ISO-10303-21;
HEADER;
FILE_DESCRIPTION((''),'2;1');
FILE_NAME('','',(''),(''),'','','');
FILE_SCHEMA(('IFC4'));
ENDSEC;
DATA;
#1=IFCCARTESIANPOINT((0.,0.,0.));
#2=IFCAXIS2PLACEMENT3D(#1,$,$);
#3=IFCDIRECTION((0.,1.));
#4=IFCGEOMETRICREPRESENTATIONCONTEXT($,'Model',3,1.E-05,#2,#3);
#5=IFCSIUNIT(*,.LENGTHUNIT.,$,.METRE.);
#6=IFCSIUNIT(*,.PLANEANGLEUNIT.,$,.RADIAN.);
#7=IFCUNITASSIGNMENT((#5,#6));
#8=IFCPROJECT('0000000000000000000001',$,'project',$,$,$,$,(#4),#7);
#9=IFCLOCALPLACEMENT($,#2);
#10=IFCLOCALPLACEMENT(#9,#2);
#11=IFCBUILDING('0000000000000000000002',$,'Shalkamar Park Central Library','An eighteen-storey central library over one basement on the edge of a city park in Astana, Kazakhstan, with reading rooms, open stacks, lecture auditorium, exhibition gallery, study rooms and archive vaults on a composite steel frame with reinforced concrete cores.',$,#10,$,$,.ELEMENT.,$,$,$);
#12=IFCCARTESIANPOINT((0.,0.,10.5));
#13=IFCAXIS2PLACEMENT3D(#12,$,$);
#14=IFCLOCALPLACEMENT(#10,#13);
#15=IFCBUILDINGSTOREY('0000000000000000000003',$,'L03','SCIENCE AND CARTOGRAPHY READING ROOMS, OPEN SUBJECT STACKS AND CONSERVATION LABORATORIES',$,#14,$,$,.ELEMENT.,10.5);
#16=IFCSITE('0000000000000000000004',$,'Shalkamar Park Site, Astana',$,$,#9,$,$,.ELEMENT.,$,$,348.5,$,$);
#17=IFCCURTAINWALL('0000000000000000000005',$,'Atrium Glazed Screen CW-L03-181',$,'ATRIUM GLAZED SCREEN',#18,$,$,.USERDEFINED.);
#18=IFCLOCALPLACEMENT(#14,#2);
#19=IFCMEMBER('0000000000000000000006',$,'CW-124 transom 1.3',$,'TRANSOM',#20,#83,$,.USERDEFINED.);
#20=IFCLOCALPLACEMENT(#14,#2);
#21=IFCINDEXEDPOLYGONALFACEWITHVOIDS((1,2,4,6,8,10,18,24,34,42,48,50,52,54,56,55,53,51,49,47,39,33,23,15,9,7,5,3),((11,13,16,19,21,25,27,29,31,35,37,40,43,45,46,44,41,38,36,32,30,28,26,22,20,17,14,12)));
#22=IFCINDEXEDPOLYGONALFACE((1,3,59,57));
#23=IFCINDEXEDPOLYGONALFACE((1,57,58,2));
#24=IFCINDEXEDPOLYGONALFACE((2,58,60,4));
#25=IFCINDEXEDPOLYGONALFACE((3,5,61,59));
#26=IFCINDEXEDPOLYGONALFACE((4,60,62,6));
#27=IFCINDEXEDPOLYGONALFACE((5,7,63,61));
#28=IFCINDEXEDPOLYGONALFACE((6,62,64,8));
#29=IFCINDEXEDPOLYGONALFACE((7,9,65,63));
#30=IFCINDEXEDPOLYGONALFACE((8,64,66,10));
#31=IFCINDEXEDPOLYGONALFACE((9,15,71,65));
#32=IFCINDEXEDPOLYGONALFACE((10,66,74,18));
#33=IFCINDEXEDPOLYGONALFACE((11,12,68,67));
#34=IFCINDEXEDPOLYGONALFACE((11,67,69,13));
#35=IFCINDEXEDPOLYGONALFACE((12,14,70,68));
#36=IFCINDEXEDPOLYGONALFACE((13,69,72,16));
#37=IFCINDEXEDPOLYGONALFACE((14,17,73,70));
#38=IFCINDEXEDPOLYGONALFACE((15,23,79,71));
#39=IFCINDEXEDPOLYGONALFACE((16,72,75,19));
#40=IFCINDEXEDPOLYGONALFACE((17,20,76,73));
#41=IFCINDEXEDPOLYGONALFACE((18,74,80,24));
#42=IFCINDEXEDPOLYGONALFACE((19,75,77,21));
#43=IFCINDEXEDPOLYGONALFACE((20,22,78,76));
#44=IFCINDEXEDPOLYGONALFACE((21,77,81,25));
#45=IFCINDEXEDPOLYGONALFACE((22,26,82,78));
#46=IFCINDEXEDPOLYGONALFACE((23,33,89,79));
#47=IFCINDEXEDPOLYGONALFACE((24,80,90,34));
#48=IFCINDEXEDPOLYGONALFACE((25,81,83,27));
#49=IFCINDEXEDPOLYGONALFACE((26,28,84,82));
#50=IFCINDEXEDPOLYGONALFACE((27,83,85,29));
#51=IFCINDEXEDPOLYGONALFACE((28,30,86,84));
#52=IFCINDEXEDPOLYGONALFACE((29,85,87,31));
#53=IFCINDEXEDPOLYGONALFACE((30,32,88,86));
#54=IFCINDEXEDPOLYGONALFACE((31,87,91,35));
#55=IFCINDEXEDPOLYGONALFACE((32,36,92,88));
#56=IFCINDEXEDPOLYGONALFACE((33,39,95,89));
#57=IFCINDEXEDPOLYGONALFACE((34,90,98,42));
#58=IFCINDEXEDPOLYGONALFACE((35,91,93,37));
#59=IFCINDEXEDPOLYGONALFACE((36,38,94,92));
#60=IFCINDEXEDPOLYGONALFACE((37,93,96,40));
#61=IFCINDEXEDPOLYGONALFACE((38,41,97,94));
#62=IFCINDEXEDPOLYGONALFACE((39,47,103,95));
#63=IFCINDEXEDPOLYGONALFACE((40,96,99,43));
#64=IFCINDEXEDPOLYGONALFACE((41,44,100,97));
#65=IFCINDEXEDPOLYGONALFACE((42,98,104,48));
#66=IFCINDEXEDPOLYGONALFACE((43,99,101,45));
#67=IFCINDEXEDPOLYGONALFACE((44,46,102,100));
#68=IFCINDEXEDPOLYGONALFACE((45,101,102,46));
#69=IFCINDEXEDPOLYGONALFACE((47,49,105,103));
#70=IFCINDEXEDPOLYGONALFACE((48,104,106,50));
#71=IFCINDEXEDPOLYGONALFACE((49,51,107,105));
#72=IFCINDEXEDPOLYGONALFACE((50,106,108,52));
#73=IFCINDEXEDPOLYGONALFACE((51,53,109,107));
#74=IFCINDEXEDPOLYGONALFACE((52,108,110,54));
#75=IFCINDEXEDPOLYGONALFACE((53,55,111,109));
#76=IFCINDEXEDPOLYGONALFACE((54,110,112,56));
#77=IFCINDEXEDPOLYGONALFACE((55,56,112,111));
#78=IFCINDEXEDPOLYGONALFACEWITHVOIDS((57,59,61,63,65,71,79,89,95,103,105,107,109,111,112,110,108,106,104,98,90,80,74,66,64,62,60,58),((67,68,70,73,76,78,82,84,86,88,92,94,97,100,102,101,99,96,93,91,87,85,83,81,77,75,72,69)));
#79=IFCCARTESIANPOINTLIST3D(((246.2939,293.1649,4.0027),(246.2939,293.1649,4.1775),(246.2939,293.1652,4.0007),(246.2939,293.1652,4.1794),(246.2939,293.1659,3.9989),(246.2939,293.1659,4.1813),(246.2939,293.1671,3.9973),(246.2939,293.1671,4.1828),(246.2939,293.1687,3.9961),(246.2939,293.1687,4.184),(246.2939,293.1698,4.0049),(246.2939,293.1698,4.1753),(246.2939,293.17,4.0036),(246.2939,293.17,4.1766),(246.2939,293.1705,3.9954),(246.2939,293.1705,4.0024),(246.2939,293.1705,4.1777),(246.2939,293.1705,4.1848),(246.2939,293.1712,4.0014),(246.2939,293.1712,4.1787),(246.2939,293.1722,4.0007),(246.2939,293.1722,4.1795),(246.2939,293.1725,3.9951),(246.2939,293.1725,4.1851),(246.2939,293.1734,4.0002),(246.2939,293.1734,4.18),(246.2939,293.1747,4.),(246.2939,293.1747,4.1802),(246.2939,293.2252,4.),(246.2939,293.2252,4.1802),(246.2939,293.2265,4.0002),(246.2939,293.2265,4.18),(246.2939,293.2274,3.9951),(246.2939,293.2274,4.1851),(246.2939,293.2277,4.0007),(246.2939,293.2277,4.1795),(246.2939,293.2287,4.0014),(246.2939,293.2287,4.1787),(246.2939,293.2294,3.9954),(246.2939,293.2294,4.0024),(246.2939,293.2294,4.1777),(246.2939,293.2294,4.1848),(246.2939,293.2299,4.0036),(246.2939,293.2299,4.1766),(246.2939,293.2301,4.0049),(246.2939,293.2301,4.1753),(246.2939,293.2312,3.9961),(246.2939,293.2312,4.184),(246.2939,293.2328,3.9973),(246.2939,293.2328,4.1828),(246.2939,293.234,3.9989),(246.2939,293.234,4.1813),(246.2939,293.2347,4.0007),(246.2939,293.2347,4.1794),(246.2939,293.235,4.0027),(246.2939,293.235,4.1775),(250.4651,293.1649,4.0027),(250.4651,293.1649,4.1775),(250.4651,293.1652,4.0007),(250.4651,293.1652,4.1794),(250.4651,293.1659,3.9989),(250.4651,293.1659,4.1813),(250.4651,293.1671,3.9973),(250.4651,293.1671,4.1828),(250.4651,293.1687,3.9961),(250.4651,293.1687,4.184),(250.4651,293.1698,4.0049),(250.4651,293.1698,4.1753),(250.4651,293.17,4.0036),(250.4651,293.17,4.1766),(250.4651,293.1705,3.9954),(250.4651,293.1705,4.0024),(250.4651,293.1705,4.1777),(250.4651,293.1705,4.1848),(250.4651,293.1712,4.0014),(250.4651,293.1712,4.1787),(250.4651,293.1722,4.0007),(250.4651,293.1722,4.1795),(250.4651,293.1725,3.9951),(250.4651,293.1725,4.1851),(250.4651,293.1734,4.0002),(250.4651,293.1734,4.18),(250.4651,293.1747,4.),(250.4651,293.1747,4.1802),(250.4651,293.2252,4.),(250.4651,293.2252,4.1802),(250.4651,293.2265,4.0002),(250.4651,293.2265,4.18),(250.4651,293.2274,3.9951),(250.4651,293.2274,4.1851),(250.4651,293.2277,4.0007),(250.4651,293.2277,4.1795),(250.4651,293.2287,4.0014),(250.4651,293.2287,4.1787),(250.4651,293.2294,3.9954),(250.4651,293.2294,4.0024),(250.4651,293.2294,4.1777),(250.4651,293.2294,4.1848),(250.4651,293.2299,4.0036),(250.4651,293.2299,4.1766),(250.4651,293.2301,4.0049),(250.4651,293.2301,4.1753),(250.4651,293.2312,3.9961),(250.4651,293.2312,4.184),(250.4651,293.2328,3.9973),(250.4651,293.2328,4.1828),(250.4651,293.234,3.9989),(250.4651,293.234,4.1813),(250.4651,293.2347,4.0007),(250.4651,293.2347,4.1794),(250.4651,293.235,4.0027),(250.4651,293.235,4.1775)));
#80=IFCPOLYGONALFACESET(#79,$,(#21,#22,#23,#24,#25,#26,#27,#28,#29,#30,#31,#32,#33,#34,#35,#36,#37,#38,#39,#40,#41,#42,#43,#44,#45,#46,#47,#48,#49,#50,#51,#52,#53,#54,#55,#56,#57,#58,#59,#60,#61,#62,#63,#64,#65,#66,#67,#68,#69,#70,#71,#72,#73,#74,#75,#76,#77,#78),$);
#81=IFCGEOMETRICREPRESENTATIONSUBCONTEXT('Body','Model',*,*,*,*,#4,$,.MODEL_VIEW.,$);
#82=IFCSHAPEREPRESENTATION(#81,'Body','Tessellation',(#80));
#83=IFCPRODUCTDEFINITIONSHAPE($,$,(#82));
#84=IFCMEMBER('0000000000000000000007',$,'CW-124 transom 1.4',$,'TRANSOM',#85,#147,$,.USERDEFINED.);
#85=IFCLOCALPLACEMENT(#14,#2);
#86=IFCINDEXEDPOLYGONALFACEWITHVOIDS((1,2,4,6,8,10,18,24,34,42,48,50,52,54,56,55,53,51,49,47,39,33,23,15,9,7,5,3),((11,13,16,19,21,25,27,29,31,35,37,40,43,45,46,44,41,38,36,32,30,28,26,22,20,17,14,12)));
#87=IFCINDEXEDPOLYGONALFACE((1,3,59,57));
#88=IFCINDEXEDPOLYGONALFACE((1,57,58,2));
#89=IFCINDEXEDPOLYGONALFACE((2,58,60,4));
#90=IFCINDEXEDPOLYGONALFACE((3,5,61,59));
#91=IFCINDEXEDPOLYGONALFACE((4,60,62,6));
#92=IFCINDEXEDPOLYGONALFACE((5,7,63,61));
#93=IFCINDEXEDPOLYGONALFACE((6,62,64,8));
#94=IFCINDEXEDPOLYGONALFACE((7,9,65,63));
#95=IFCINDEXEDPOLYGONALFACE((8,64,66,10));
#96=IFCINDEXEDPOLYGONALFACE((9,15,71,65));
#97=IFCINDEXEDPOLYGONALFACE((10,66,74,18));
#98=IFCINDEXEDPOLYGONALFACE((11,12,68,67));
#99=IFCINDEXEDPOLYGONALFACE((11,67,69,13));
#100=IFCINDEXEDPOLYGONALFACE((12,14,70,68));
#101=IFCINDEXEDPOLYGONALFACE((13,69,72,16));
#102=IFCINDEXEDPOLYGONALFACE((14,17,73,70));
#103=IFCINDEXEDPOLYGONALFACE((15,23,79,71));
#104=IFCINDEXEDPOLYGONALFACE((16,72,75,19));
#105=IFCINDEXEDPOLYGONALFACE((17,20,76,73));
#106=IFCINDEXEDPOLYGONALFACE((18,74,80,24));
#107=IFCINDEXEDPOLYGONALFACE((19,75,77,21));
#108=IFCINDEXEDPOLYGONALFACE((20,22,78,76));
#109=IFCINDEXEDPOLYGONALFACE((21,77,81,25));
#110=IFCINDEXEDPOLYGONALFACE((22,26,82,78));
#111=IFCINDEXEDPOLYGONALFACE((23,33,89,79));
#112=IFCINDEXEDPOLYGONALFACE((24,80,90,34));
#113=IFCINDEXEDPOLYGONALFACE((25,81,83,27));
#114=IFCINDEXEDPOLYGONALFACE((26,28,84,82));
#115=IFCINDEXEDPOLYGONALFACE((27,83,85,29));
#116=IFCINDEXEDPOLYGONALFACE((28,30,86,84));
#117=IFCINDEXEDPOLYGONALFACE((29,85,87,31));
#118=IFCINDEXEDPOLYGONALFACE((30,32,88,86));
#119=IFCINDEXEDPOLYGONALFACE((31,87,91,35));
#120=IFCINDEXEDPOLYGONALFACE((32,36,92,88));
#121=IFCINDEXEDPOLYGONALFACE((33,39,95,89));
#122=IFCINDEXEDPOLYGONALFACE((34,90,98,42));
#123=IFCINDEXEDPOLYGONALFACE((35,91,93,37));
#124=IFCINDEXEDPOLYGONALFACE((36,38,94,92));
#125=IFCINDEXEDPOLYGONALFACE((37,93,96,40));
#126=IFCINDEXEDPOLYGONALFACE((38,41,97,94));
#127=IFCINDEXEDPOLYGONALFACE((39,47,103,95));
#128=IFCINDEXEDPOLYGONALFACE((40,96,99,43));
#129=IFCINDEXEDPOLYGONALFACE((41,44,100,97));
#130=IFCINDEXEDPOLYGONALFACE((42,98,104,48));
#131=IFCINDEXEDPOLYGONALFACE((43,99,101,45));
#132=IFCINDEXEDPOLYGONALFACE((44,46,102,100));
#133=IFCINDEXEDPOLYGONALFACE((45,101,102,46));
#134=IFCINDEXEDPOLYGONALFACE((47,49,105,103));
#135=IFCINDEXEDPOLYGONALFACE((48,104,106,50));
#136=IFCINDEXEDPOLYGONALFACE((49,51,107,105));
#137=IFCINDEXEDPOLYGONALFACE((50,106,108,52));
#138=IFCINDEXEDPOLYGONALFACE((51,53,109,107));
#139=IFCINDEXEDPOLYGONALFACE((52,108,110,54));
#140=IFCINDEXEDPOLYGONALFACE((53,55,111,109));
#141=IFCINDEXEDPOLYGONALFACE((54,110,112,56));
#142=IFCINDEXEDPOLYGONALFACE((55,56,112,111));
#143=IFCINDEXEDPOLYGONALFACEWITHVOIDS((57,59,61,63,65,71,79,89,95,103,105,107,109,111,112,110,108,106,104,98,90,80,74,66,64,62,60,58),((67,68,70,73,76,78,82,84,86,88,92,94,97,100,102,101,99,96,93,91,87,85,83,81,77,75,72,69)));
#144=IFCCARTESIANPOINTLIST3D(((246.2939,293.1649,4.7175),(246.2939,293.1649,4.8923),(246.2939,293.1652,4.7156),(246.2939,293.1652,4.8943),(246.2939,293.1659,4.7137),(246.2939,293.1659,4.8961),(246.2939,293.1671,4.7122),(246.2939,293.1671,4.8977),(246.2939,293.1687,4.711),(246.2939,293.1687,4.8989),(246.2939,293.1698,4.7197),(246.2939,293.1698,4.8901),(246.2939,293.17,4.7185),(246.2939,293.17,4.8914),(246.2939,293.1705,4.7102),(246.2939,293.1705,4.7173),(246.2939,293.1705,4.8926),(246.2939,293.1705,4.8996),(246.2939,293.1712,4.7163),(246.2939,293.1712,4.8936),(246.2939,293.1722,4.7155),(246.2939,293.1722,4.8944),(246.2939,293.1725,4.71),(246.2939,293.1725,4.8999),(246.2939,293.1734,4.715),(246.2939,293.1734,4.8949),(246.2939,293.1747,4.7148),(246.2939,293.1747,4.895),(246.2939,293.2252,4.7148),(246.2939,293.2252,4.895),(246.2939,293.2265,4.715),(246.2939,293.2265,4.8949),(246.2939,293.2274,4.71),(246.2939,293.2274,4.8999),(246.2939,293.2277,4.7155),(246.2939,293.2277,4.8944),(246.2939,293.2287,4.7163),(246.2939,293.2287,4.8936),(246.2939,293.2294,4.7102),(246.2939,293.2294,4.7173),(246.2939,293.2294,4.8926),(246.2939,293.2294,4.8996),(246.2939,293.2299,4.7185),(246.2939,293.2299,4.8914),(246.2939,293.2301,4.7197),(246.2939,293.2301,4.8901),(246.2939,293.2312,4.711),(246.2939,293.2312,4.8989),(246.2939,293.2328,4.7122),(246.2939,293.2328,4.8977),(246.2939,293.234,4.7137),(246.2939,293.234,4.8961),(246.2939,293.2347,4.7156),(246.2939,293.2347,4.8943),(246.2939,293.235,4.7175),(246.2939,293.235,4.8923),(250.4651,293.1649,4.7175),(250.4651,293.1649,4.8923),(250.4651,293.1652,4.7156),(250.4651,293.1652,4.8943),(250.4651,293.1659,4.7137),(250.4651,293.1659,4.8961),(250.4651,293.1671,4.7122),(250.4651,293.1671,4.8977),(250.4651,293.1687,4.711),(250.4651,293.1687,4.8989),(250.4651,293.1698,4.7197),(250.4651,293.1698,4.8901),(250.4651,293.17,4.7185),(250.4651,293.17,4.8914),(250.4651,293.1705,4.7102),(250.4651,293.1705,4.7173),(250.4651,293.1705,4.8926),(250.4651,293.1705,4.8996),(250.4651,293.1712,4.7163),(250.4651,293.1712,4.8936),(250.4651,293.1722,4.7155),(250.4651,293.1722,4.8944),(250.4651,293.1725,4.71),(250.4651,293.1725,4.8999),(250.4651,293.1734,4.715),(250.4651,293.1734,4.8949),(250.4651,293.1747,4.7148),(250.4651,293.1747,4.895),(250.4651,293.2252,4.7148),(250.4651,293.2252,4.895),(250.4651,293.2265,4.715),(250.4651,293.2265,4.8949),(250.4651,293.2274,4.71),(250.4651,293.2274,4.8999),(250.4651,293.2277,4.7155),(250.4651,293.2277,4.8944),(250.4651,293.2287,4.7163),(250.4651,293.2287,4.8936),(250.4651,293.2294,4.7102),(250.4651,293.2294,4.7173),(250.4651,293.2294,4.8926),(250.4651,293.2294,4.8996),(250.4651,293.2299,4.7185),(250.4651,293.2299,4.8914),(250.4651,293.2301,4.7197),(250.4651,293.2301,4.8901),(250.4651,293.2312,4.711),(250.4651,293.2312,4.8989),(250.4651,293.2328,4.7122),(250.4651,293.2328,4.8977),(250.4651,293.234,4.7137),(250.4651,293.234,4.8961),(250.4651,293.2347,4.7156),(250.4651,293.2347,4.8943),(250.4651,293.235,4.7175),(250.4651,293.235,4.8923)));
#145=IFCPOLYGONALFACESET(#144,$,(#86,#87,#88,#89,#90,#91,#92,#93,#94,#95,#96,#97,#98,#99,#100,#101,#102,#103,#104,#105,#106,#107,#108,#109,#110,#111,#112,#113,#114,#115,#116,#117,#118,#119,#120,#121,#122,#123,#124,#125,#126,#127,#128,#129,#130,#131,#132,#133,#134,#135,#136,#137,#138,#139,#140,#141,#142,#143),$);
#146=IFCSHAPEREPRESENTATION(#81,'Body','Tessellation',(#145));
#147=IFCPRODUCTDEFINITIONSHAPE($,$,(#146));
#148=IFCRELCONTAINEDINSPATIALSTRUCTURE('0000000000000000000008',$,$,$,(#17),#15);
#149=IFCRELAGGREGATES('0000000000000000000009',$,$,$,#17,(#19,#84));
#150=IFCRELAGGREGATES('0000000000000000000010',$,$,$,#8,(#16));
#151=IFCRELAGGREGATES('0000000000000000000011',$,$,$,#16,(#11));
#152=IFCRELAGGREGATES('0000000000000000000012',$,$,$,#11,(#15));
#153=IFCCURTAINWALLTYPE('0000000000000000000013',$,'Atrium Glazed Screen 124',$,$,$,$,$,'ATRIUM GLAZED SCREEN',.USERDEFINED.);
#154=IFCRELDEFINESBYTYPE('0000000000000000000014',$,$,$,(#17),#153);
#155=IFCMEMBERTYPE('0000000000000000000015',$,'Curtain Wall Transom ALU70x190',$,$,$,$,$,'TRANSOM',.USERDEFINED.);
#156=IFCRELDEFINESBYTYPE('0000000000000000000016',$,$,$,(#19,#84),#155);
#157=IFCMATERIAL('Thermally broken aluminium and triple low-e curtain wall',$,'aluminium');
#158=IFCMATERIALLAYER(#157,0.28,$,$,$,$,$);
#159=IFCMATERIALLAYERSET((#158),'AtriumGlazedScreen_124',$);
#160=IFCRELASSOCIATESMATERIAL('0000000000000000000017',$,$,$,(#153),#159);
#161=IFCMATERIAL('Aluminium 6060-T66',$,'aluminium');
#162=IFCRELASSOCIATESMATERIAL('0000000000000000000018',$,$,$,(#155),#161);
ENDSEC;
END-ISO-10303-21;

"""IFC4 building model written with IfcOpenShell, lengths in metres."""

from ifc_helpers import new_model, si_unit, direction, frame, origin, origin_2d, place, context, subcontext, project, spatial, hollow_rectangle, extrude, material, layer, layer_set, material_profile, profile_set, type_object, element, aggregate, save


model = new_model("IFC4")

# Units and contexts
model_context = context("Model", 3, precision=1e-05, world=origin(), true_north=direction((0.0, 1.0)))
body_context = subcontext(model_context, "Body", "Model", "MODEL_VIEW")
ifc_project = project(units=[si_unit("LENGTHUNIT", "METRE"), si_unit("PLANEANGLEUNIT", "RADIAN")], contexts=[model_context])

# Site, building, storey
site_placement = place(None, origin())
site = spatial("IfcSite", under=ifc_project, at=site_placement, Name="Shalkamar Park Site, Astana", CompositionType="ELEMENT", RefElevation=348.5)
building_placement = place(site_placement, origin())
building = spatial("IfcBuilding", under=site, at=building_placement, Name="Shalkamar Park Central Library", Description="An eighteen-storey central library over one basement on the edge of a city park in Astana, Kazakhstan, with reading rooms, open stacks, lecture auditorium, exhibition gallery, study rooms and archive vaults on a composite steel frame with reinforced concrete cores.", CompositionType="ELEMENT")
storey_placement = place(building_placement, frame((0.0, 0.0, 10.5)))
storey = spatial("IfcBuildingStorey", under=building, at=storey_placement, Name="L03", Description="SCIENCE AND CARTOGRAPHY READING ROOMS, OPEN SUBJECT STACKS AND CONSERVATION LABORATORIES", CompositionType="ELEMENT", Elevation=10.5)

# Curtain wall, members
ifc_material_1 = material(Name="Thermally broken aluminium and triple low-e curtain wall", Category="aluminium")
ifc_layer_1 = layer(ifc_material_1, 0.28)
ifc_layer_set_1 = layer_set([ifc_layer_1], Name="AtriumGlazedScreen_124")
curtain_wall_type = type_object("IfcCurtainWallType", Name="Atrium Glazed Screen 124", ElementType="ATRIUM GLAZED SCREEN", PredefinedType="USERDEFINED", material=ifc_layer_set_1)
curtain_wall_placement = place(storey_placement, origin())
curtain_wall = element("IfcCurtainWall", 1, at=curtain_wall_placement, inside=storey, type_object=curtain_wall_type, Name="Atrium Glazed Screen CW-L03-181", ObjectType="ATRIUM GLAZED SCREEN", PredefinedType="USERDEFINED")
ifc_material_2 = material(Name="Aluminium 6060-T66", Category="aluminium")
ifc_material_profile_1 = material_profile(ifc_material_2, hollow_rectangle(XDim=0.0701, YDim=0.1899, WallThickness=0.0049, InnerFilletRadius=0.0049, OuterFilletRadius=0.0076, at=origin_2d()), Name="ALU 70x190x5")
ifc_profile_set_1 = profile_set([ifc_material_profile_1], Name="Aluminium 6060-T66")
member_type_1 = type_object("IfcMemberType", Name="Curtain Wall Transom ALU70x190", ElementType="TRANSOM", PredefinedType="USERDEFINED", material=ifc_profile_set_1)
member_1_placement = place(storey_placement, frame((246.2939, 293.2, 4.0901), z_axis=(1.0, 0.0, 0.0), x_axis=(0.0, 1.0, 0.0)))
member_1 = element("IfcMember", 2, at=member_1_placement, type_object=member_type_1, Name="CW-124 transom 1.3", ObjectType="TRANSOM", PredefinedType="USERDEFINED", context=body_context, shape_type="SweptSolid", body=[
    extrude(hollow_rectangle(XDim=0.0701, YDim=0.1899, WallThickness=0.0049, InnerFilletRadius=0.0049, OuterFilletRadius=0.0076, at=origin_2d()), origin(), (0.0, 0.0, 1.0), 4.1711),
])
member_2_placement = place(storey_placement, frame((246.2939, 293.2, 4.8049), z_axis=(1.0, 0.0, 0.0), x_axis=(0.0, 1.0, 0.0)))
member_2 = element("IfcMember", 3, at=member_2_placement, type_object=member_type_1, Name="CW-124 transom 1.4", ObjectType="TRANSOM", PredefinedType="USERDEFINED", context=body_context, shape_type="SweptSolid", body=[
    extrude(hollow_rectangle(XDim=0.0701, YDim=0.1899, WallThickness=0.0049, InnerFilletRadius=0.0049, OuterFilletRadius=0.0076, at=origin_2d()), origin(), (0.0, 0.0, 1.0), 4.1711),
])

aggregate(curtain_wall, [member_1, member_2])

save(model, "model.ifc")
